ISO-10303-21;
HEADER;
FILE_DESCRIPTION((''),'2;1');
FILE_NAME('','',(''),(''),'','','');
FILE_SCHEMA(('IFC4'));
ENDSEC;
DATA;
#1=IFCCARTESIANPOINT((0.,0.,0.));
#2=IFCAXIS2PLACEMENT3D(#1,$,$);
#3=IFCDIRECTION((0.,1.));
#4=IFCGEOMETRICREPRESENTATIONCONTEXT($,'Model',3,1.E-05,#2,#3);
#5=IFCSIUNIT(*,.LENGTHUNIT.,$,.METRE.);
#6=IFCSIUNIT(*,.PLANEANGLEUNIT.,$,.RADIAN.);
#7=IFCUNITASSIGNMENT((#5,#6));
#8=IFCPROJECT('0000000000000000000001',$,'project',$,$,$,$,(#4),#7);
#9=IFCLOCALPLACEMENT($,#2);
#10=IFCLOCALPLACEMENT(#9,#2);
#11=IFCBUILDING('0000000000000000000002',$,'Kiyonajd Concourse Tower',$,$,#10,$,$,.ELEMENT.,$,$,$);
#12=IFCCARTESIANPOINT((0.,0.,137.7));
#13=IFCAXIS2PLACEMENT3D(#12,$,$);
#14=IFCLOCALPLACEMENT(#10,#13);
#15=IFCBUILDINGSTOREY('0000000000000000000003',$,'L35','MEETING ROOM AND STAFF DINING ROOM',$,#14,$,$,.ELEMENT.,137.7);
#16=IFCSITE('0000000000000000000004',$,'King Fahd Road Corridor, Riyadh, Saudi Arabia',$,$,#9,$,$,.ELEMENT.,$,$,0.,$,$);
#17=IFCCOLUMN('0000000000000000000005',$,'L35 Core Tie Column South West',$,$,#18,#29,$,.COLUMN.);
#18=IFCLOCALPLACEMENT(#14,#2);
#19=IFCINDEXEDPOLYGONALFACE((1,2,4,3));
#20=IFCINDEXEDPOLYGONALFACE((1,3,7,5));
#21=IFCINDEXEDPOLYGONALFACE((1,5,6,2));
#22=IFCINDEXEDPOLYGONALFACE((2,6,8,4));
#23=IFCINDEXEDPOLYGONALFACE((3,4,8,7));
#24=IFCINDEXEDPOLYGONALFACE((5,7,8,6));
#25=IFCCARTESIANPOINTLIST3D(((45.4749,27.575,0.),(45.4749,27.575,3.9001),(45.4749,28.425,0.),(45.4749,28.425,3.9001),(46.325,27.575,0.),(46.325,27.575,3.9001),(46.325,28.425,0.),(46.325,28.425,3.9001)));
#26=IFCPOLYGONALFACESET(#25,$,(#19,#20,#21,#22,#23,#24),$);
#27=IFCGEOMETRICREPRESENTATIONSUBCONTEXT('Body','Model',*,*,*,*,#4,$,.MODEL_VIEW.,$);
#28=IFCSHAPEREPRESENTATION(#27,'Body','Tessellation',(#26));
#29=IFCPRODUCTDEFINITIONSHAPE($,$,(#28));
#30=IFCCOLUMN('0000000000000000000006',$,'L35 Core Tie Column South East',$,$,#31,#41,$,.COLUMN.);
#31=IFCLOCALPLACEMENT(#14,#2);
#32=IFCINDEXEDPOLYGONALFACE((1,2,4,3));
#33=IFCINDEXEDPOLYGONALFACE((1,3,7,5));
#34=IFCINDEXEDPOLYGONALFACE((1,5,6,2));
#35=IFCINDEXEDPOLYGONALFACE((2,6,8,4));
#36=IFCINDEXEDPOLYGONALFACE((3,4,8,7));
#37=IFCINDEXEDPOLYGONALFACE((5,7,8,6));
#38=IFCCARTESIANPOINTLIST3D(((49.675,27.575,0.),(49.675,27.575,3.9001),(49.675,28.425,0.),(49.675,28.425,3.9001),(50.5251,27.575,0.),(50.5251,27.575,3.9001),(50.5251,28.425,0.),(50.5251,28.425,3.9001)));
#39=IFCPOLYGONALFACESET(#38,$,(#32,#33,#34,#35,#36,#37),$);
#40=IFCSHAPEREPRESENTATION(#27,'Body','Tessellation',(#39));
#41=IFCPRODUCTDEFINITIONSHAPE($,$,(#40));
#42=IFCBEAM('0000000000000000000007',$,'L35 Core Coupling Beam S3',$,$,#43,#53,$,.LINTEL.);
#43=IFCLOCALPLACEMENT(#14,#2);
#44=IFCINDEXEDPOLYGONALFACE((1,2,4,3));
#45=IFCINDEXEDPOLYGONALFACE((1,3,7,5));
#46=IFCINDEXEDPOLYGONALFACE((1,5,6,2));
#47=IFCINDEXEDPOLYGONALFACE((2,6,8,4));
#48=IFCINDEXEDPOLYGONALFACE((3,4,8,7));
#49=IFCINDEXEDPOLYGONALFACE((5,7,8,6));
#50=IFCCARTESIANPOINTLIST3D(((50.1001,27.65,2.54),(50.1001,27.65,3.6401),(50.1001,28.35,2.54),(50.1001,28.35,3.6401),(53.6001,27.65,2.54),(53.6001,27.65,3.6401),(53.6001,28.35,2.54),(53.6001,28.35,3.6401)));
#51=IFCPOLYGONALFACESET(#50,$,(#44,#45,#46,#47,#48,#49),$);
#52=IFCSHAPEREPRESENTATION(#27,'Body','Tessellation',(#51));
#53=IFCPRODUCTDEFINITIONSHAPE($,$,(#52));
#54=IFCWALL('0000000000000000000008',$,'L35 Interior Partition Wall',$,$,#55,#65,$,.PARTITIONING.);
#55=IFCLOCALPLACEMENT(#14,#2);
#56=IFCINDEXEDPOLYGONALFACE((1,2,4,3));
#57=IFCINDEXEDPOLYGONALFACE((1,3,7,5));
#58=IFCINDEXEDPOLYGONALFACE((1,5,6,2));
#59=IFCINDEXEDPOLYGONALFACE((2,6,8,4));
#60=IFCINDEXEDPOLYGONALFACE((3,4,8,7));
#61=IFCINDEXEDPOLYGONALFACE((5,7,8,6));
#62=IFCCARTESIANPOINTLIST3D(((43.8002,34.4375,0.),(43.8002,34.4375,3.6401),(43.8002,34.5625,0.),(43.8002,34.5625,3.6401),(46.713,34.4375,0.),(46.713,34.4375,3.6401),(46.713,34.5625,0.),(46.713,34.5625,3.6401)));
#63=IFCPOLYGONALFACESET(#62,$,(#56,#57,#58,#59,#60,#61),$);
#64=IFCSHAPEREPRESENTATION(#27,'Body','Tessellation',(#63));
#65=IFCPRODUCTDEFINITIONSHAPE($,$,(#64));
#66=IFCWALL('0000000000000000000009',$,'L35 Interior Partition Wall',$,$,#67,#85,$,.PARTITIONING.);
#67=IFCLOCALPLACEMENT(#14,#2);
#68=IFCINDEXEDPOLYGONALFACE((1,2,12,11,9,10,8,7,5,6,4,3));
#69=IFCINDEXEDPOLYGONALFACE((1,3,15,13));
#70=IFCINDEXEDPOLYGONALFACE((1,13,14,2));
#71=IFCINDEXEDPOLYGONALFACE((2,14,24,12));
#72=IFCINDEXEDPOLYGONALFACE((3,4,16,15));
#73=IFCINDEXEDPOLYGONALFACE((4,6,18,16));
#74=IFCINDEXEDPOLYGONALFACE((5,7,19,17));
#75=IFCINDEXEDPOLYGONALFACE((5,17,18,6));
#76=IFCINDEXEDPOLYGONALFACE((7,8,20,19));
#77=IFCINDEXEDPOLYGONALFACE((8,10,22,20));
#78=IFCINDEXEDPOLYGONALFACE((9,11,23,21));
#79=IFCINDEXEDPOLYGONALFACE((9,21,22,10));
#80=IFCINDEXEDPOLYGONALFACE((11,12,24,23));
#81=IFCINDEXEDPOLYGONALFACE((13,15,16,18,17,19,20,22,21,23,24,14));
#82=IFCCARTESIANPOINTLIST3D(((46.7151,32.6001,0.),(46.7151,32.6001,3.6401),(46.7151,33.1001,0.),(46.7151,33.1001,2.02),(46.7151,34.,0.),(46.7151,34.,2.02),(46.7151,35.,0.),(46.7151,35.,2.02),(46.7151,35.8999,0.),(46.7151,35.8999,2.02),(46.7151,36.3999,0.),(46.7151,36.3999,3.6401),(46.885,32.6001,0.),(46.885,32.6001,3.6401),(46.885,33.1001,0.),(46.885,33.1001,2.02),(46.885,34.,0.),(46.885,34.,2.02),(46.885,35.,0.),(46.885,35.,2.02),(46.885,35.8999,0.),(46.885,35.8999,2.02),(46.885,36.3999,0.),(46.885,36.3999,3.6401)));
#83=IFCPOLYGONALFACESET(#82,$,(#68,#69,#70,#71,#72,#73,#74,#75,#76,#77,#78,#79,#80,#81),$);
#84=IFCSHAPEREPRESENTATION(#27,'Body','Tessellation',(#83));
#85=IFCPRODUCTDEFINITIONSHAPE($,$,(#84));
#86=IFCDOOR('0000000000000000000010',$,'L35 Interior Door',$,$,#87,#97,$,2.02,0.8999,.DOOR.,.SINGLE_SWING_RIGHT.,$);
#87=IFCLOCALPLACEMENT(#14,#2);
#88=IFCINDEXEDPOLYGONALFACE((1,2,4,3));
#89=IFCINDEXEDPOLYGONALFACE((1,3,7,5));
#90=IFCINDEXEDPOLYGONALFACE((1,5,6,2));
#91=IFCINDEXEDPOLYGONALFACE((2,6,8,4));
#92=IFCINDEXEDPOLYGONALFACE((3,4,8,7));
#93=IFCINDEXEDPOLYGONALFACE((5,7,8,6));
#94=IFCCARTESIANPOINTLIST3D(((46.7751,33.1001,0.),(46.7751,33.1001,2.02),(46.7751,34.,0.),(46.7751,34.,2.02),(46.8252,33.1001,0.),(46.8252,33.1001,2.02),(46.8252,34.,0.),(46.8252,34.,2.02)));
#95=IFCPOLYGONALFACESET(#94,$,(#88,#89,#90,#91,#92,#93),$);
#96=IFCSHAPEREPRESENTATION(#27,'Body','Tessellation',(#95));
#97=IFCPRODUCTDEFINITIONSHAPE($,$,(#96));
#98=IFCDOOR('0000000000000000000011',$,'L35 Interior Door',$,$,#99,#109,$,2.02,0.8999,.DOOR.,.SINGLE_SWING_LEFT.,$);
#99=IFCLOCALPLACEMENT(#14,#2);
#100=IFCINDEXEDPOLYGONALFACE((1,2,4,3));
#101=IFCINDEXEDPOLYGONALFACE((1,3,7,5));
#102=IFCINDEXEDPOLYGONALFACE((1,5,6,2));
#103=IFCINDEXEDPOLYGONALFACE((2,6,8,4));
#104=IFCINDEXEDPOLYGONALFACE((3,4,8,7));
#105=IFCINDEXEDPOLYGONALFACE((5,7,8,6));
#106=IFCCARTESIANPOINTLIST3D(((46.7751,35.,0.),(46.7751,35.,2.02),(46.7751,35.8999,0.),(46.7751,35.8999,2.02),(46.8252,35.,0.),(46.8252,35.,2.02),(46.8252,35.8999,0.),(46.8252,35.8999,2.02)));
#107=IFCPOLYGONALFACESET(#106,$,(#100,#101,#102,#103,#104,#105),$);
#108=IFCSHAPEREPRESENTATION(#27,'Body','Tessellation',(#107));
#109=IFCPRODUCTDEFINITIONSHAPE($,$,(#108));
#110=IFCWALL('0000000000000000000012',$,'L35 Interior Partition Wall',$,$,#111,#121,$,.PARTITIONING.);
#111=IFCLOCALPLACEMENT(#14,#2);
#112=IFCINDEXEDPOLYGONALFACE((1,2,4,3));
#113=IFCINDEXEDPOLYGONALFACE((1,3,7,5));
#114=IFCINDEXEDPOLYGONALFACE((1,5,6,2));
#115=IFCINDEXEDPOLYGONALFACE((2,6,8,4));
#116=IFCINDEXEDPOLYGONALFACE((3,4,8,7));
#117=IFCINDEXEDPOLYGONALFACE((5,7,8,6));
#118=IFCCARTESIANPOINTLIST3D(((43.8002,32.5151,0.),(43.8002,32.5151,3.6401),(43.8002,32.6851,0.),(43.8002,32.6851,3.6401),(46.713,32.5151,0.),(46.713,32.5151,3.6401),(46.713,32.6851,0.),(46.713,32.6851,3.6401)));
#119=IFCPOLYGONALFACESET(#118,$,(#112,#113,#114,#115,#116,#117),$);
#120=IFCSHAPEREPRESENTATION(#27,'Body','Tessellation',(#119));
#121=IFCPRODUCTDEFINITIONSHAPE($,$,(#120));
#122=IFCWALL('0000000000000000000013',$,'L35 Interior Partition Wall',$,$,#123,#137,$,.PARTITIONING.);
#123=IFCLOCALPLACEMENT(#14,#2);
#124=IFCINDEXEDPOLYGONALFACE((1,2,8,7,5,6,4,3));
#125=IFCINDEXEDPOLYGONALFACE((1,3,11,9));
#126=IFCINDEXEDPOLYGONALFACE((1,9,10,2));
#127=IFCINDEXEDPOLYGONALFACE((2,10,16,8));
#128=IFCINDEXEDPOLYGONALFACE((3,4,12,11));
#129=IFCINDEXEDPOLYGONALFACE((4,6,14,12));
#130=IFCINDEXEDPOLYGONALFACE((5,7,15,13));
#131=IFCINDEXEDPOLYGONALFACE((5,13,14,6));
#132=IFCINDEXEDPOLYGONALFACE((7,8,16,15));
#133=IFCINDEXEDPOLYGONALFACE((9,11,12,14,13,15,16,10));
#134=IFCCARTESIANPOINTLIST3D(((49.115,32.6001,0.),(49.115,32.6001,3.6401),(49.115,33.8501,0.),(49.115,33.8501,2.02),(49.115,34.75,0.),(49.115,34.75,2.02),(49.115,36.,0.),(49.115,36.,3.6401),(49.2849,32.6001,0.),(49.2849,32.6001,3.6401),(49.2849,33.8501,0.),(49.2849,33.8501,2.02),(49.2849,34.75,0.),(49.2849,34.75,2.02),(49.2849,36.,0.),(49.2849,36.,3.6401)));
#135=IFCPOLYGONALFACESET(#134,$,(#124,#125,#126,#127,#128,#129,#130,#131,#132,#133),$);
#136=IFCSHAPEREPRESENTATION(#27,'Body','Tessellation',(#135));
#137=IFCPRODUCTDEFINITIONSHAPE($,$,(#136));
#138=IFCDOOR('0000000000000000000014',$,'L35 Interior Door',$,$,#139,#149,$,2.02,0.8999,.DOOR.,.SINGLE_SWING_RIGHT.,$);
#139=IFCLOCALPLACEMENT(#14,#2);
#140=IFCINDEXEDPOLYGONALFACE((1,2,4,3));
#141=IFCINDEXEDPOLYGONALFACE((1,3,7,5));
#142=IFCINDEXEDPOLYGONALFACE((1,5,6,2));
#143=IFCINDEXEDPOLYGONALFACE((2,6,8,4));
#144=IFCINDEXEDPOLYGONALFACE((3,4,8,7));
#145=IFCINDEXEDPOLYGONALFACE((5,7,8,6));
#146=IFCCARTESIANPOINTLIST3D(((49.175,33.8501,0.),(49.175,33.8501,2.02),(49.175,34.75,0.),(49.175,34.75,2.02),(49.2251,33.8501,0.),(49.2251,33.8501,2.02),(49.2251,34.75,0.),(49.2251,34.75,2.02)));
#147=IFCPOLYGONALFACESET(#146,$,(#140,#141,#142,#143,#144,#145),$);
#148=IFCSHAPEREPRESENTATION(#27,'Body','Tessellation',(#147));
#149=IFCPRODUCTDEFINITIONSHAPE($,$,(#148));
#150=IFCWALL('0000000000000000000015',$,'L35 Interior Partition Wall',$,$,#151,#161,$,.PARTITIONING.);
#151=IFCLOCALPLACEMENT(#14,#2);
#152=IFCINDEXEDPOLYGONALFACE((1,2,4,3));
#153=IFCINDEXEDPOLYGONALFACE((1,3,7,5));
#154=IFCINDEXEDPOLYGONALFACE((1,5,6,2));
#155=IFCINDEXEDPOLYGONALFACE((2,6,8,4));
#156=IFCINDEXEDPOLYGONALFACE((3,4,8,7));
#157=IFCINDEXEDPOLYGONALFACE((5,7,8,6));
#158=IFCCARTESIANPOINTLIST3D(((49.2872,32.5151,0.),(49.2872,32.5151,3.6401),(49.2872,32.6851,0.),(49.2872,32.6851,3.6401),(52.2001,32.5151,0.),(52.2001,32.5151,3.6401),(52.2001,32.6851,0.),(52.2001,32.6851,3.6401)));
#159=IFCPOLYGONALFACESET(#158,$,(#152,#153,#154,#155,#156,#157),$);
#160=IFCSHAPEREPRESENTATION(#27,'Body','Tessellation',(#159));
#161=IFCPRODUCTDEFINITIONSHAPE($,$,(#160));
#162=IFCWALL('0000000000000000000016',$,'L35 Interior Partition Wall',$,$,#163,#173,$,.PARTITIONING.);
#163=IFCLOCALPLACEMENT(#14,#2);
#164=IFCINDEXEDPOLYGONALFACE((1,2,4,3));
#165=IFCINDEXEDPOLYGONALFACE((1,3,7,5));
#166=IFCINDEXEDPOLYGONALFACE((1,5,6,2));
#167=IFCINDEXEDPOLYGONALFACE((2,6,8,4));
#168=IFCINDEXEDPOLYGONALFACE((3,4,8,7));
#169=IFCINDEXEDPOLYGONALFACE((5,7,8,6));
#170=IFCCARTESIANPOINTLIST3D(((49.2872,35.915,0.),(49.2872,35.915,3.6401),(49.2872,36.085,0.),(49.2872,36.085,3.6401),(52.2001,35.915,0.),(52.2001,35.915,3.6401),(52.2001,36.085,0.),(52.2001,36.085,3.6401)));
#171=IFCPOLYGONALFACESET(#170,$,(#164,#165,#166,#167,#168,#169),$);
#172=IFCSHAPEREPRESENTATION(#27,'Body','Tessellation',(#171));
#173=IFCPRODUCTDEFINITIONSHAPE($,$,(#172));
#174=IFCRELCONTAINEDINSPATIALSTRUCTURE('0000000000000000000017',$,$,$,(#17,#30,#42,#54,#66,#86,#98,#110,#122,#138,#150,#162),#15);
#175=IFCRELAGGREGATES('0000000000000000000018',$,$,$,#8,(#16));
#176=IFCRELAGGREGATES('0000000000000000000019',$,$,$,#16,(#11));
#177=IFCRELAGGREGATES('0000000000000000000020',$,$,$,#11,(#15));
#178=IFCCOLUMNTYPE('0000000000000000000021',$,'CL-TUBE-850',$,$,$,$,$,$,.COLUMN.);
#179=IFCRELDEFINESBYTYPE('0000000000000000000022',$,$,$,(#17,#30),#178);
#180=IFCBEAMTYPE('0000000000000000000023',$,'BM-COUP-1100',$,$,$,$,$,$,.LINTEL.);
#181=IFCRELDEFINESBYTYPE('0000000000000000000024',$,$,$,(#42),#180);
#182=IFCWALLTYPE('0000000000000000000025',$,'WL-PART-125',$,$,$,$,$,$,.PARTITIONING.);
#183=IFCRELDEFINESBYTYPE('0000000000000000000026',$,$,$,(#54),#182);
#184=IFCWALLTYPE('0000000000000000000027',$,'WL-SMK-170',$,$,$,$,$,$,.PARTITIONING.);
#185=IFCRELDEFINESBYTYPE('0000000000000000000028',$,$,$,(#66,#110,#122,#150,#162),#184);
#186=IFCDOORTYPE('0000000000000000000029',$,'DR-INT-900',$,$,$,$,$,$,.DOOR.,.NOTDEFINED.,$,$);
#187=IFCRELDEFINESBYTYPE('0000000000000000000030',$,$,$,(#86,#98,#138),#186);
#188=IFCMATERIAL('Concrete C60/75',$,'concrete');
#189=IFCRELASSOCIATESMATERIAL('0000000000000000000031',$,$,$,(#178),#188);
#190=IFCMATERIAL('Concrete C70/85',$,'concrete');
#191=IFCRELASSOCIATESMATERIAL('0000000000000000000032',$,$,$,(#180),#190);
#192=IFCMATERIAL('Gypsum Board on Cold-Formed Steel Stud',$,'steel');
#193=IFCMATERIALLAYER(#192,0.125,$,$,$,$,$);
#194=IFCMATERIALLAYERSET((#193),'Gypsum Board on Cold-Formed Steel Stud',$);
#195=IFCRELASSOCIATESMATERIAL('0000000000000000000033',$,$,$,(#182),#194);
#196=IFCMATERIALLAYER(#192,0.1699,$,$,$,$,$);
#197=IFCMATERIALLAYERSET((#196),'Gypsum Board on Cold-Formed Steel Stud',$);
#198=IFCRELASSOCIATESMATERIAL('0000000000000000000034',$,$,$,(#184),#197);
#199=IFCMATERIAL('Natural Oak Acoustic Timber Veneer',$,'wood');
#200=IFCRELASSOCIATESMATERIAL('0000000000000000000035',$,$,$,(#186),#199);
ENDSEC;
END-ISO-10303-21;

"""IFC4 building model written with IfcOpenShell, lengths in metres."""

from ifc_helpers import new_model, si_unit, direction, frame, frame_2d, origin, origin_2d, place, context, subcontext, project, spatial, rectangle, extrude, material, layer, layer_set, material_profile, profile_set, type_object, element, fill, save


model = new_model("IFC4")

# Units and contexts
model_context = context("Model", 3, precision=1e-05, world=origin(), true_north=direction((0.0, 1.0)))
body_context = subcontext(model_context, "Body", "Model", "MODEL_VIEW")
ifc_project = project(units=[si_unit("LENGTHUNIT", "METRE"), si_unit("PLANEANGLEUNIT", "RADIAN")], contexts=[model_context])

# Site, building, storey
site_placement = place(None, origin())
site = spatial("IfcSite", under=ifc_project, at=site_placement, Name="King Fahd Road Corridor, Riyadh, Saudi Arabia", CompositionType="ELEMENT", RefElevation=0.0)
building_placement = place(site_placement, origin())
building = spatial("IfcBuilding", under=site, at=building_placement, Name="Kiyonajd Concourse Tower", CompositionType="ELEMENT")
storey_placement = place(building_placement, frame((0.0, 0.0, 137.7)))
storey = spatial("IfcBuildingStorey", under=building, at=storey_placement, Name="L35", Description="MEETING ROOM AND STAFF DINING ROOM", CompositionType="ELEMENT", Elevation=137.7)

# Columns
ifc_material_1 = material(Name="Concrete C60/75", Category="concrete")
ifc_material_profile_1 = material_profile(ifc_material_1, rectangle(XDim=0.8501, YDim=0.8501, at=origin_2d()), Name="RC-850x850")
ifc_profile_set_1 = profile_set([ifc_material_profile_1], Name="Concrete C60/75")
column_type = type_object("IfcColumnType", Name="CL-TUBE-850", PredefinedType="COLUMN", material=ifc_profile_set_1)
for number, where, z_axis, x_axis, name in (
    (1, (45.8999, 28.0, 0.0), (0.0, 0.0, 1.0), (1.0, 0.0, 0.0), "L35 Core Tie Column South West"),
    (2, (50.1001, 28.0, 0.0), (0.0, 0.0, 1.0), (1.0, 0.0, 0.0), "L35 Core Tie Column South East"),
):
    element("IfcColumn", number, at=place(storey_placement, frame(where, z_axis=z_axis, x_axis=x_axis)), inside=storey, type_object=column_type, Name=name, PredefinedType="COLUMN", context=body_context, shape_type="SweptSolid", body=[
        extrude(rectangle(XDim=0.8501, YDim=0.8501, at=origin_2d()), origin(), (0.0, 0.0, 1.0), 3.9001),
    ])

# Beam
ifc_material_2 = material(Name="Concrete C70/85", Category="concrete")
ifc_material_profile_2 = material_profile(ifc_material_2, rectangle(XDim=0.7, YDim=1.1001, at=origin_2d()), Name="RCBM-700x1100")
ifc_profile_set_2 = profile_set([ifc_material_profile_2], Name="Concrete C70/85")
beam_type = type_object("IfcBeamType", Name="BM-COUP-1100", PredefinedType="LINTEL", material=ifc_profile_set_2)
beam_placement = place(storey_placement, frame((50.1001, 28.0, 3.0901), z_axis=(1.0, 0.0, 0.0), x_axis=(0.0, 1.0, 0.0)))
element("IfcBeam", 3, at=beam_placement, inside=storey, type_object=beam_type, Name="L35 Core Coupling Beam S3", PredefinedType="LINTEL", context=body_context, shape_type="SweptSolid", body=[
    extrude(rectangle(XDim=0.7, YDim=1.1001, at=origin_2d()), origin(), (0.0, 0.0, 1.0), 3.5),
])

# Wall
ifc_material_3 = material(Name="Gypsum Board on Cold-Formed Steel Stud", Category="steel")
ifc_layer_1 = layer(ifc_material_3, 0.125)
ifc_layer_set_1 = layer_set([ifc_layer_1], Name="Gypsum Board on Cold-Formed Steel Stud")
wall_type_1 = type_object("IfcWallType", Name="WL-PART-125", PredefinedType="PARTITIONING", material=ifc_layer_set_1)
wall_1_placement = place(storey_placement, frame((43.8, 34.5, 0.0), z_axis=(0.0, 0.0, 1.0), x_axis=(1.0, 0.0, 0.0)))
element("IfcWall", 4, at=wall_1_placement, inside=storey, type_object=wall_type_1, Name="L35 Interior Partition Wall", PredefinedType="PARTITIONING", context=body_context, shape_type="SweptSolid", body=[
    extrude(rectangle(XDim=2.9128, YDim=0.125, at=frame_2d((1.4565, 0.0))), origin(), (0.0, 0.0, 1.0), 3.6401),
])

# Wall, openings, doors
ifc_layer_2 = layer(ifc_material_3, 0.1699)
ifc_layer_set_2 = layer_set([ifc_layer_2], Name="Gypsum Board on Cold-Formed Steel Stud")
wall_type_2 = type_object("IfcWallType", Name="WL-SMK-170", PredefinedType="PARTITIONING", material=ifc_layer_set_2)
wall_2_placement = place(storey_placement, frame((46.8, 32.6001, 0.0), z_axis=(0.0, 0.0, 1.0), x_axis=(0.0, 1.0, 0.0)))
wall_2 = element("IfcWall", 5, at=wall_2_placement, inside=storey, type_object=wall_type_2, Name="L35 Interior Partition Wall", PredefinedType="PARTITIONING", context=body_context, shape_type="SweptSolid", body=[
    extrude(rectangle(XDim=3.7998, YDim=0.1699, at=frame_2d((1.8999, 0.0))), origin(), (0.0, 0.0, 1.0), 3.6401),
])
opening_1_placement = place(wall_2_placement, frame((0.5, 0.0, 0.0)))
opening_1 = element("IfcOpeningElement", 6, at=opening_1_placement, cuts=wall_2, PredefinedType="OPENING", context=body_context, shape_type="SweptSolid", body=[
    extrude(rectangle(XDim=0.8999, YDim=2.02, at=frame_2d((0.45, 1.01))), frame((0.0, 0.095, 0.0), z_axis=(0.0, -1.0, 0.0), x_axis=(1.0, 0.0, 0.0)), (0.0, 0.0, 1.0), 0.1899),
])
opening_2_placement = place(wall_2_placement, frame((2.3999, 0.0, 0.0)))
opening_2 = element("IfcOpeningElement", 7, at=opening_2_placement, cuts=wall_2, PredefinedType="OPENING", context=body_context, shape_type="SweptSolid", body=[
    extrude(rectangle(XDim=0.8999, YDim=2.02, at=frame_2d((0.45, 1.01))), frame((0.0, 0.095, 0.0), z_axis=(0.0, -1.0, 0.0), x_axis=(1.0, 0.0, 0.0)), (0.0, 0.0, 1.0), 0.1899),
])
ifc_material_4 = material(Name="Natural Oak Acoustic Timber Veneer", Category="wood")
door_type = type_object("IfcDoorType", Name="DR-INT-900", OperationType="NOTDEFINED", PredefinedType="DOOR", material=ifc_material_4)
door_1_placement = place(opening_1_placement, origin())
door_1 = element("IfcDoor", 8, at=door_1_placement, inside=storey, type_object=door_type, Name="L35 Interior Door", OperationType="SINGLE_SWING_RIGHT", OverallHeight=2.02, OverallWidth=0.8999, PredefinedType="DOOR", context=body_context, shape_type="SweptSolid", body=[
    extrude(rectangle(XDim=0.8999, YDim=2.02, at=frame_2d((0.45, 1.01))), frame((0.0, 0.0249, 0.0), z_axis=(0.0, -1.0, 0.0), x_axis=(1.0, 0.0, 0.0)), (0.0, 0.0, 1.0), 0.05),
])
fill(opening_1, door_1)
door_2_placement = place(opening_2_placement, origin())
door_2 = element("IfcDoor", 9, at=door_2_placement, inside=storey, type_object=door_type, Name="L35 Interior Door", OperationType="SINGLE_SWING_LEFT", OverallHeight=2.02, OverallWidth=0.8999, PredefinedType="DOOR", context=body_context, shape_type="SweptSolid", body=[
    extrude(rectangle(XDim=0.8999, YDim=2.02, at=frame_2d((0.45, 1.01))), frame((0.0, 0.0249, 0.0), z_axis=(0.0, -1.0, 0.0), x_axis=(1.0, 0.0, 0.0)), (0.0, 0.0, 1.0), 0.05),
])
fill(opening_2, door_2)

# Wall
wall_3_placement = place(storey_placement, frame((43.8, 32.6001, 0.0), z_axis=(0.0, 0.0, 1.0), x_axis=(1.0, 0.0, 0.0)))
element("IfcWall", 10, at=wall_3_placement, inside=storey, type_object=wall_type_2, Name="L35 Interior Partition Wall", PredefinedType="PARTITIONING", context=body_context, shape_type="SweptSolid", body=[
    extrude(rectangle(XDim=2.9128, YDim=0.1699, at=frame_2d((1.4565, 0.0))), origin(), (0.0, 0.0, 1.0), 3.6401),
])

# Wall, opening, door
wall_4_placement = place(storey_placement, frame((49.2, 32.6001, 0.0), z_axis=(0.0, 0.0, 1.0), x_axis=(0.0, 1.0, 0.0)))
wall_4 = element("IfcWall", 11, at=wall_4_placement, inside=storey, type_object=wall_type_2, Name="L35 Interior Partition Wall", PredefinedType="PARTITIONING", context=body_context, shape_type="SweptSolid", body=[
    extrude(rectangle(XDim=3.3999, YDim=0.1699, at=frame_2d((1.7, 0.0))), origin(), (0.0, 0.0, 1.0), 3.6401),
])
opening_3_placement = place(wall_4_placement, frame((1.25, 0.0, 0.0)))
opening_3 = element("IfcOpeningElement", 12, at=opening_3_placement, cuts=wall_4, PredefinedType="OPENING", context=body_context, shape_type="SweptSolid", body=[
    extrude(rectangle(XDim=0.8999, YDim=2.02, at=frame_2d((0.45, 1.01))), frame((0.0, 0.095, 0.0), z_axis=(0.0, -1.0, 0.0), x_axis=(1.0, 0.0, 0.0)), (0.0, 0.0, 1.0), 0.1899),
])
door_3_placement = place(opening_3_placement, origin())
door_3 = element("IfcDoor", 13, at=door_3_placement, inside=storey, type_object=door_type, Name="L35 Interior Door", OperationType="SINGLE_SWING_RIGHT", OverallHeight=2.02, OverallWidth=0.8999, PredefinedType="DOOR", context=body_context, shape_type="SweptSolid", body=[
    extrude(rectangle(XDim=0.8999, YDim=2.02, at=frame_2d((0.45, 1.01))), frame((0.0, 0.0249, 0.0), z_axis=(0.0, -1.0, 0.0), x_axis=(1.0, 0.0, 0.0)), (0.0, 0.0, 1.0), 0.05),
])
fill(opening_3, door_3)

# Walls
for number, where, z_axis, x_axis, name in (
    (14, (49.2871, 32.6001, 0.0), (0.0, 0.0, 1.0), (1.0, 0.0, 0.0), "L35 Interior Partition Wall"),
    (15, (49.2871, 36.0, 0.0), (0.0, 0.0, 1.0), (1.0, 0.0, 0.0), "L35 Interior Partition Wall"),
):
    element("IfcWall", number, at=place(storey_placement, frame(where, z_axis=z_axis, x_axis=x_axis)), inside=storey, type_object=wall_type_2, Name=name, PredefinedType="PARTITIONING", context=body_context, shape_type="SweptSolid", body=[
        extrude(rectangle(XDim=2.9128, YDim=0.1699, at=frame_2d((1.4565, 0.0))), origin(), (0.0, 0.0, 1.0), 3.6401),
    ])

save(model, "model.ifc")
